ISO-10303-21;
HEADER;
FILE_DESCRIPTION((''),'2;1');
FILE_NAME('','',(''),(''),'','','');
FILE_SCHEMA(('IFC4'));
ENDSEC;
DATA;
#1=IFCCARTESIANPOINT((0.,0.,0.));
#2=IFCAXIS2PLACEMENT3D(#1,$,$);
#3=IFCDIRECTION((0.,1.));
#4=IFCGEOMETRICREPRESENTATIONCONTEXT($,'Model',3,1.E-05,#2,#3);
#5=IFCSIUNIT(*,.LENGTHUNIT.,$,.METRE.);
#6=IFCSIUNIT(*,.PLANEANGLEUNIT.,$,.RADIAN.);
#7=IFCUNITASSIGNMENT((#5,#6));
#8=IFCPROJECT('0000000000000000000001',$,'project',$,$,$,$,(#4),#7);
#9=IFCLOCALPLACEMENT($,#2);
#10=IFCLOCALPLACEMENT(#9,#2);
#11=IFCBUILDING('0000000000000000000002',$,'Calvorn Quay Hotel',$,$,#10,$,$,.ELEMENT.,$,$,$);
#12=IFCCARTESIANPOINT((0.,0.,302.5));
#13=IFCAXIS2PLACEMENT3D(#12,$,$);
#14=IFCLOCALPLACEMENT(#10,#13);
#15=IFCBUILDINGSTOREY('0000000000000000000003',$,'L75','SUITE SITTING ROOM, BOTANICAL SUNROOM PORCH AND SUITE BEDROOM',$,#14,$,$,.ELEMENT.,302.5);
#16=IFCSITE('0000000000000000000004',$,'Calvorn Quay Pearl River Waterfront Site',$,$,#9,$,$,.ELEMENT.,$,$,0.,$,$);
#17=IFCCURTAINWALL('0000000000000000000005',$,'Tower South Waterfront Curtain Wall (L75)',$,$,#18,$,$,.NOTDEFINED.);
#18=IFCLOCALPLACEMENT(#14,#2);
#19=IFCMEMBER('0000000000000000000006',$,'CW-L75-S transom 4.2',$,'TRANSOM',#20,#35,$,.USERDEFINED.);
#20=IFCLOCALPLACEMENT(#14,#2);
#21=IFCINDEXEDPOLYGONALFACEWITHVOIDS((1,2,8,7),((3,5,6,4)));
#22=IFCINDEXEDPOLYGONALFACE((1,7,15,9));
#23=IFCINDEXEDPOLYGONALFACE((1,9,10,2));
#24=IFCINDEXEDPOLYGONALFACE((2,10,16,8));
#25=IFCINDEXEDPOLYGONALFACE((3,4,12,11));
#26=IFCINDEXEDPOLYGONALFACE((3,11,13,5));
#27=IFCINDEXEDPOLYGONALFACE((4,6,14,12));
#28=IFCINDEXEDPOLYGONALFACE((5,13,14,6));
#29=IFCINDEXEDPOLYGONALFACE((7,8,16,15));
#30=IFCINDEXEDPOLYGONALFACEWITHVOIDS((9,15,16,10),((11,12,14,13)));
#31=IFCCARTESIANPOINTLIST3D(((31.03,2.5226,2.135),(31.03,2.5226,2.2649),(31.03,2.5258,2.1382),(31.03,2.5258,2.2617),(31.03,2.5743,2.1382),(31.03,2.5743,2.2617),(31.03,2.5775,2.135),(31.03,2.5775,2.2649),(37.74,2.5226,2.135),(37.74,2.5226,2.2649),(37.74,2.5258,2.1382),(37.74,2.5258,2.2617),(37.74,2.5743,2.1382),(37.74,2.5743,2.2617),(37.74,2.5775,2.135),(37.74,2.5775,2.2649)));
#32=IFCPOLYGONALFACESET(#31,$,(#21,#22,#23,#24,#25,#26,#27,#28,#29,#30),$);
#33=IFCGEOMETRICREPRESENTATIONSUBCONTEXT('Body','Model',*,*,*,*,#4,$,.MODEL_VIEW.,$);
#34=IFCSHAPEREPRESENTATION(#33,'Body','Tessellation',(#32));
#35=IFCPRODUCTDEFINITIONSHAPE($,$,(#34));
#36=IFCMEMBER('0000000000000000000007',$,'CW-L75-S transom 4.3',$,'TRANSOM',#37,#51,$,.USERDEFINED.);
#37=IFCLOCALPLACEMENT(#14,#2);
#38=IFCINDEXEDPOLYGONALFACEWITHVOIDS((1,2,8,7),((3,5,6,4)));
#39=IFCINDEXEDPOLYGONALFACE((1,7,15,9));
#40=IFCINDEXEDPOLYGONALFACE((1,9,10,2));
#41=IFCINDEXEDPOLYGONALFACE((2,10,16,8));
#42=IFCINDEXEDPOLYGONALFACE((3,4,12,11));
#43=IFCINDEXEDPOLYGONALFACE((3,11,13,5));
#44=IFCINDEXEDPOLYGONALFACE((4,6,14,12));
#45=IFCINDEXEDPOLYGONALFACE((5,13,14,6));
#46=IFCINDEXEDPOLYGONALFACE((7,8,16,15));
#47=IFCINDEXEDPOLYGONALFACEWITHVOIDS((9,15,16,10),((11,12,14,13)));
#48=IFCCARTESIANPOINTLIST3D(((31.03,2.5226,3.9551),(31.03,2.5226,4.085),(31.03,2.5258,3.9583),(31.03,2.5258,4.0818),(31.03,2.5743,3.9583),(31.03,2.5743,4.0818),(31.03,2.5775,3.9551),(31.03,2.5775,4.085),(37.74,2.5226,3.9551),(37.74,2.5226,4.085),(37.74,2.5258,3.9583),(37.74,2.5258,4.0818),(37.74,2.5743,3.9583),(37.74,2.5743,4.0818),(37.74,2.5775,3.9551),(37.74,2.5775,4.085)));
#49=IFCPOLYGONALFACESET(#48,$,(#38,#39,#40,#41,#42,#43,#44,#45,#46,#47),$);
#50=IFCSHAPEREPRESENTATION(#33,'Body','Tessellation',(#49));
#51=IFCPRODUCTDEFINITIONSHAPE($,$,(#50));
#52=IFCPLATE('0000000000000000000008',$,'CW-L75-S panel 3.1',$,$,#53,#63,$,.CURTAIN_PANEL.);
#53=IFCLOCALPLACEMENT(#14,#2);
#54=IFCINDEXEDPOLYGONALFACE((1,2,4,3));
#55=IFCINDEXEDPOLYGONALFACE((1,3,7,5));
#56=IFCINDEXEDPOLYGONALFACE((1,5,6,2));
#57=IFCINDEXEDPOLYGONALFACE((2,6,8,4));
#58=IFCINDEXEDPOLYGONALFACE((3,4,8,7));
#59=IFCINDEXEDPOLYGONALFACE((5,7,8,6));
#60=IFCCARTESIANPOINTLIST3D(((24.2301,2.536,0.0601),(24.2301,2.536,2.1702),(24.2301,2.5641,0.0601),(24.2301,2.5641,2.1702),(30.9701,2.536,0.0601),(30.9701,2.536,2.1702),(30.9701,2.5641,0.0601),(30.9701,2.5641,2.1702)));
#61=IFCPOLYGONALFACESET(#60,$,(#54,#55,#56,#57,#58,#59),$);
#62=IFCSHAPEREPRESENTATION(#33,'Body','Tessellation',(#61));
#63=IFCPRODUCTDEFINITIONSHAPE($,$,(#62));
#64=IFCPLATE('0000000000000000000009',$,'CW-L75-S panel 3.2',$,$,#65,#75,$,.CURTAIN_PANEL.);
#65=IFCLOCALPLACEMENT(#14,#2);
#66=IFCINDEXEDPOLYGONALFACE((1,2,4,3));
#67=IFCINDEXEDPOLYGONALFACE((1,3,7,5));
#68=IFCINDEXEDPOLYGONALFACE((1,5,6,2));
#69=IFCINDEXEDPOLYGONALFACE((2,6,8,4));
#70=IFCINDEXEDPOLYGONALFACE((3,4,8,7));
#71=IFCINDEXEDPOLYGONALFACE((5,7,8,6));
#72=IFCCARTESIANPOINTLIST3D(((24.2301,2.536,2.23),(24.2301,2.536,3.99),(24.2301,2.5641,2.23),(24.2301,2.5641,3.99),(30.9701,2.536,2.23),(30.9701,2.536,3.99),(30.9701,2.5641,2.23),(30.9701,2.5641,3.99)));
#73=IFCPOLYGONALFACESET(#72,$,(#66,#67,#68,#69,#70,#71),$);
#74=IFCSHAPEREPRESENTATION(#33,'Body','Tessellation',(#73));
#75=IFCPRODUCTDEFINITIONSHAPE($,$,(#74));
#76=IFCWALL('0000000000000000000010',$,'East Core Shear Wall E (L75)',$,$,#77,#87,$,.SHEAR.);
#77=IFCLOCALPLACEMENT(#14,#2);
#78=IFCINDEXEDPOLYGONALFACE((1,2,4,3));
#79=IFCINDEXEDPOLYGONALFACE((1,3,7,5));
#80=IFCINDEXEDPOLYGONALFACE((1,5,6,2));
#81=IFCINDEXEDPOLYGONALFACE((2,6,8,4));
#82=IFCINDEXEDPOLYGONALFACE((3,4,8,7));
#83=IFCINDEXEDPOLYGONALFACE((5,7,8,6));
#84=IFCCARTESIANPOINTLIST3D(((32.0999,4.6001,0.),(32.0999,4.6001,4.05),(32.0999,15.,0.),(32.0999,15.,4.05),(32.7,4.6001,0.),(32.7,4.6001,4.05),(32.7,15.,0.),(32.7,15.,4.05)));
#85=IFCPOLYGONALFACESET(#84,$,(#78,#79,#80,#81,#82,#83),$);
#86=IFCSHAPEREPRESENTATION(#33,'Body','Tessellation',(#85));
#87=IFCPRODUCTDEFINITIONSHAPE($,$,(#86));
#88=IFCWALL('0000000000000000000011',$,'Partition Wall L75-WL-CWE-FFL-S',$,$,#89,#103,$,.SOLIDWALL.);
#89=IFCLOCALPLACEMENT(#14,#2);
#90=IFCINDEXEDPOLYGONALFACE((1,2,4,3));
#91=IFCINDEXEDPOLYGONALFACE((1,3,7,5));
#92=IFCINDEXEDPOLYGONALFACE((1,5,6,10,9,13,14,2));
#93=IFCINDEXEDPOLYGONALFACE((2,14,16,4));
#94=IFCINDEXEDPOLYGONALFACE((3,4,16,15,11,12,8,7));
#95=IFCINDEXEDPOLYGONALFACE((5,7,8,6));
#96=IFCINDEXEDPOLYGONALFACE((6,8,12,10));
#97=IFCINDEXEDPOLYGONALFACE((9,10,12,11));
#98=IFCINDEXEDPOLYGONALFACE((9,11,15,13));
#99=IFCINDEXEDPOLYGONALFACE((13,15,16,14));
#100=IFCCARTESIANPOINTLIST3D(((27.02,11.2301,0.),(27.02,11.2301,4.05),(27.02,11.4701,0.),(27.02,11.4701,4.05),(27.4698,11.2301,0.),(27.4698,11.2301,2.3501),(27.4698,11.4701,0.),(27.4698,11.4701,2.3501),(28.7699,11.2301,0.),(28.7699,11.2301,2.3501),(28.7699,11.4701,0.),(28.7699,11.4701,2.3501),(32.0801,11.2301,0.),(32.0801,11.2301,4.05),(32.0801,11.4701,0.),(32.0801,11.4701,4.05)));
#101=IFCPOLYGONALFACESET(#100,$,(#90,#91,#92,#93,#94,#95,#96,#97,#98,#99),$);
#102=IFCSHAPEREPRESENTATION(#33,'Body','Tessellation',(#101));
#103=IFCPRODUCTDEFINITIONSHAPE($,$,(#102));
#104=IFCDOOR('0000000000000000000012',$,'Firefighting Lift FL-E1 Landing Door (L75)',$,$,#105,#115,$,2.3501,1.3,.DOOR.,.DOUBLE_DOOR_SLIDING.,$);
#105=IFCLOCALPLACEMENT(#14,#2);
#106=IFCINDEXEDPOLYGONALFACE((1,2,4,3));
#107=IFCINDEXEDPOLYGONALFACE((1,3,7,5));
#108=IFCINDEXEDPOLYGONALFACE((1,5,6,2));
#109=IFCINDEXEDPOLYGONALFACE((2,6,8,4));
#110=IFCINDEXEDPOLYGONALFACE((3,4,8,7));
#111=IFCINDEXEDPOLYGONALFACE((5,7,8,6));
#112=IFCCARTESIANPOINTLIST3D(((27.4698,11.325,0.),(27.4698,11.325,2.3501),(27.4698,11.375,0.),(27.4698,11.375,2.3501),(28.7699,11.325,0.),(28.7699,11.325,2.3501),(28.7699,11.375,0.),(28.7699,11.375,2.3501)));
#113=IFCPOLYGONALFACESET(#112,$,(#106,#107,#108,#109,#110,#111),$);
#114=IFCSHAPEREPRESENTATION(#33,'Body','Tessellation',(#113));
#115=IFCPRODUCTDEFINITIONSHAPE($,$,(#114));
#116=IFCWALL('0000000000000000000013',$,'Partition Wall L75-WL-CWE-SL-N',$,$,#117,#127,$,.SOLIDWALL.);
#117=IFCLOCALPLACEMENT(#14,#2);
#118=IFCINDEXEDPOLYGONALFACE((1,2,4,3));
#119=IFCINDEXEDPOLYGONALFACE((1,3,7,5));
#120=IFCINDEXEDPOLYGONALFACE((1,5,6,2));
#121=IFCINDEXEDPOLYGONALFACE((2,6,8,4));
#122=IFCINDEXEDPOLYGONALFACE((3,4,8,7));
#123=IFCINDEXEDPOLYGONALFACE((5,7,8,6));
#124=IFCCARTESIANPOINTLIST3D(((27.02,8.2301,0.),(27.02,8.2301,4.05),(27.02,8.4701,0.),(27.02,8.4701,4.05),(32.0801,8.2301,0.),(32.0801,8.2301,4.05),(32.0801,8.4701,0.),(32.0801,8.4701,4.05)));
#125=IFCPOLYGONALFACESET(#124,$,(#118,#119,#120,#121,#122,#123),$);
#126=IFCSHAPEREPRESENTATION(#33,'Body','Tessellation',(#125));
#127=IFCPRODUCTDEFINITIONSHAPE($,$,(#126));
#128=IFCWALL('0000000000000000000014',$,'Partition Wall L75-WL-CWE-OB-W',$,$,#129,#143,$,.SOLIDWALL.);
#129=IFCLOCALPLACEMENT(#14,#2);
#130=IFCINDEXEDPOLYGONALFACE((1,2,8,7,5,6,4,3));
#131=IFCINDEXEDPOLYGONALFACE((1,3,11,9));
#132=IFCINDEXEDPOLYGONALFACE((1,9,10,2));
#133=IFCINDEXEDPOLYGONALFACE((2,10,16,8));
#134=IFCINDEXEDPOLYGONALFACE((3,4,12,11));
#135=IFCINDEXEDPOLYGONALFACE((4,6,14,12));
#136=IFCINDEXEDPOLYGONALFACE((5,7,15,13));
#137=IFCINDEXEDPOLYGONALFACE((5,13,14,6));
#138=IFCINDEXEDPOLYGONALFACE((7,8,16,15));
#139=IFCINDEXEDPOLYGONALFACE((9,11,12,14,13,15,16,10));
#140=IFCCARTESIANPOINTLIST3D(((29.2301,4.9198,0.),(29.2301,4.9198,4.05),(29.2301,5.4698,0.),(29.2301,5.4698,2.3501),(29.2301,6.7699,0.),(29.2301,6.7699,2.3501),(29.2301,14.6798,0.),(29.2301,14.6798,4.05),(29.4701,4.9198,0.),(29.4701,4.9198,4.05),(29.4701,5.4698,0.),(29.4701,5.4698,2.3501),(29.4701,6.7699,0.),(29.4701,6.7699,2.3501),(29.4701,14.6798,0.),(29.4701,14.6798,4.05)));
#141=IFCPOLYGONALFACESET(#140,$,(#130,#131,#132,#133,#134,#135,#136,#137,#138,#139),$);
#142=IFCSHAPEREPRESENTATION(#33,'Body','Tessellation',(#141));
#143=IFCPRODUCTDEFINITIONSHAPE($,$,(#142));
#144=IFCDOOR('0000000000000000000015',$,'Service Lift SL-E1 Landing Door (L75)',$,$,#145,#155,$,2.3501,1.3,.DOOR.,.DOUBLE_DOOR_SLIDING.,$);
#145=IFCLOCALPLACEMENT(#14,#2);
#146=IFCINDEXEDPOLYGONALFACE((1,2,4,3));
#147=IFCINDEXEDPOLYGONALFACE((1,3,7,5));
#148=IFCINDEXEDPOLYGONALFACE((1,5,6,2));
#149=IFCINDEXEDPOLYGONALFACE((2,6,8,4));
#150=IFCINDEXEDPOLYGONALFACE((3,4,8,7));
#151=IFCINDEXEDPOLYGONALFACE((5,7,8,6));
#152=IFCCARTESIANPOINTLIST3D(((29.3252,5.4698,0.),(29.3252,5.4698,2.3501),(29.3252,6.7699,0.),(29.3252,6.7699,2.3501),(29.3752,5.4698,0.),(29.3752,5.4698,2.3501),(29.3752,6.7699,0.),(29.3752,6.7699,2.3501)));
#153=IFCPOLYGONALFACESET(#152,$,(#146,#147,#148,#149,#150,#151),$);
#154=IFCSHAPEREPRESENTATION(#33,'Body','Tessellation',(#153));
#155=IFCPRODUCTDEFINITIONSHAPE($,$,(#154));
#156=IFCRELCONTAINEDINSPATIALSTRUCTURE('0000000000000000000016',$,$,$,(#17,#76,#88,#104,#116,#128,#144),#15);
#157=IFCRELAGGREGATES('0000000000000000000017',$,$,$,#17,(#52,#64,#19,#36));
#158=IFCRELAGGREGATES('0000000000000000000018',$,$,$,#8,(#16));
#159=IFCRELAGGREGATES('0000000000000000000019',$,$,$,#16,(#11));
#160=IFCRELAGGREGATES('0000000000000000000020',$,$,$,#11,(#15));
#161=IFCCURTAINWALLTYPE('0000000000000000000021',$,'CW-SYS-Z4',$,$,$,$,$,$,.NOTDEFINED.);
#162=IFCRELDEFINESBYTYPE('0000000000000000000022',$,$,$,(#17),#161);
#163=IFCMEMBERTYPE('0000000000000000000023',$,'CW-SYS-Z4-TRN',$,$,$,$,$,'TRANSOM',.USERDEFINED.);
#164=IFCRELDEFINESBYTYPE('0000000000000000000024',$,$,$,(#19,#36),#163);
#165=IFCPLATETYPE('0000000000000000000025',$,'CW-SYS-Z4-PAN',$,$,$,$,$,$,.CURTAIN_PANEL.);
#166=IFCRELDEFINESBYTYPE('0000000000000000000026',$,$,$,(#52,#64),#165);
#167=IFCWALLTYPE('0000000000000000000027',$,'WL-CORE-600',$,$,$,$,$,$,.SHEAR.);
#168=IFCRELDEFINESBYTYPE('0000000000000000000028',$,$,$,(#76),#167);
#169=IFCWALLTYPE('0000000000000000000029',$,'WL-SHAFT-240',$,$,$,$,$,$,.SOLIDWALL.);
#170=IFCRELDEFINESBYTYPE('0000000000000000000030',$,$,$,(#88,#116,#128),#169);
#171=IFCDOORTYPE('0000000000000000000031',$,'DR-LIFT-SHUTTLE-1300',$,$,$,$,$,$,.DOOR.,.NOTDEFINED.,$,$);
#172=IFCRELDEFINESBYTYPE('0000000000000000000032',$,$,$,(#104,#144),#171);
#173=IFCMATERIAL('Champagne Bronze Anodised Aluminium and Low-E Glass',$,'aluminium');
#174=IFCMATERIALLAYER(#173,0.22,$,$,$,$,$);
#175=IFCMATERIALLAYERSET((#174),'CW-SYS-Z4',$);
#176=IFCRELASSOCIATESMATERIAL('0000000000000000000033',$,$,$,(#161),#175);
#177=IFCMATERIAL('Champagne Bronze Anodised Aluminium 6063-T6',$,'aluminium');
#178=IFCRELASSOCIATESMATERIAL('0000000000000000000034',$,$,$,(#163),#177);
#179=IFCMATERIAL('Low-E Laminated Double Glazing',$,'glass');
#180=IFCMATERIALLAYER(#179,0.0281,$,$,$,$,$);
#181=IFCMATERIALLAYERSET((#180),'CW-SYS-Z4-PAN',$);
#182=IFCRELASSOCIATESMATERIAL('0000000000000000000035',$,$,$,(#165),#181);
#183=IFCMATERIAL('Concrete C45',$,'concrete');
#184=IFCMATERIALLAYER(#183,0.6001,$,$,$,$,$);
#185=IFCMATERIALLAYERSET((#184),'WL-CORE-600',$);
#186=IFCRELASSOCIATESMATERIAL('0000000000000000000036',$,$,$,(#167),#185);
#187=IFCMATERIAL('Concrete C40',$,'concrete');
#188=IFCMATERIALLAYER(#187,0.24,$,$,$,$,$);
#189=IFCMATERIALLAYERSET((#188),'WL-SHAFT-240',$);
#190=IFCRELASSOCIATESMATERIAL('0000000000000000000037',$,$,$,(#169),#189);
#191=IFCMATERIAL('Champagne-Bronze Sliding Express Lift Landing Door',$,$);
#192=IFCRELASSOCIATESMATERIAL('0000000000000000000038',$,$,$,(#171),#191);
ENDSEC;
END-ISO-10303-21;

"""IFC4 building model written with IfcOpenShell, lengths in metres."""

from ifc_helpers import new_model, si_unit, direction, frame, frame_2d, origin, origin_2d, place, context, subcontext, project, spatial, rectangle, hollow_rectangle, extrude, material, layer, layer_set, material_profile, profile_set, type_object, element, fill, aggregate, save


model = new_model("IFC4")

# Units and contexts
model_context = context("Model", 3, precision=1e-05, world=origin(), true_north=direction((0.0, 1.0)))
body_context = subcontext(model_context, "Body", "Model", "MODEL_VIEW")
ifc_project = project(units=[si_unit("LENGTHUNIT", "METRE"), si_unit("PLANEANGLEUNIT", "RADIAN")], contexts=[model_context])

# Site, building, storey
site_placement = place(None, origin())
site = spatial("IfcSite", under=ifc_project, at=site_placement, Name="Calvorn Quay Pearl River Waterfront Site", CompositionType="ELEMENT", RefElevation=0.0)
building_placement = place(site_placement, origin())
building = spatial("IfcBuilding", under=site, at=building_placement, Name="Calvorn Quay Hotel", CompositionType="ELEMENT")
storey_placement = place(building_placement, frame((0.0, 0.0, 302.5)))
storey = spatial("IfcBuildingStorey", under=building, at=storey_placement, Name="L75", Description="SUITE SITTING ROOM, BOTANICAL SUNROOM PORCH AND SUITE BEDROOM", CompositionType="ELEMENT", Elevation=302.5)

# Curtain wall, members, plates
ifc_material_1 = material(Name="Champagne Bronze Anodised Aluminium and Low-E Glass", Category="aluminium")
ifc_layer_1 = layer(ifc_material_1, 0.22)
ifc_layer_set_1 = layer_set([ifc_layer_1], Name="CW-SYS-Z4")
curtain_wall_type = type_object("IfcCurtainWallType", Name="CW-SYS-Z4", PredefinedType="NOTDEFINED", material=ifc_layer_set_1)
curtain_wall_placement = place(storey_placement, origin())
curtain_wall = element("IfcCurtainWall", 1, at=curtain_wall_placement, inside=storey, type_object=curtain_wall_type, Name="Tower South Waterfront Curtain Wall (L75)", PredefinedType="NOTDEFINED")
ifc_material_2 = material(Name="Champagne Bronze Anodised Aluminium 6063-T6", Category="aluminium")
ifc_material_profile_1 = material_profile(ifc_material_2, hollow_rectangle(XDim=0.0549, YDim=0.1299, WallThickness=0.0032, at=origin_2d()), Name="ALU-T130x55x3.2")
ifc_profile_set_1 = profile_set([ifc_material_profile_1], Name="Champagne Bronze Anodised Aluminium 6063-T6")
member_type_1 = type_object("IfcMemberType", Name="CW-SYS-Z4-TRN", ElementType="TRANSOM", PredefinedType="USERDEFINED", material=ifc_profile_set_1)
member_1_placement = place(storey_placement, frame((31.03, 2.55, 2.2), z_axis=(1.0, 0.0, 0.0), x_axis=(0.0, 1.0, 0.0)))
member_1 = element("IfcMember", 2, at=member_1_placement, type_object=member_type_1, Name="CW-L75-S transom 4.2", ObjectType="TRANSOM", PredefinedType="USERDEFINED", context=body_context, shape_type="SweptSolid", body=[
    extrude(hollow_rectangle(XDim=0.0549, YDim=0.1299, WallThickness=0.0032, at=origin_2d()), origin(), (0.0, 0.0, 1.0), 6.71),
])
member_2_placement = place(storey_placement, frame((31.03, 2.55, 4.02), z_axis=(1.0, 0.0, 0.0), x_axis=(0.0, 1.0, 0.0)))
member_2 = element("IfcMember", 3, at=member_2_placement, type_object=member_type_1, Name="CW-L75-S transom 4.3", ObjectType="TRANSOM", PredefinedType="USERDEFINED", context=body_context, shape_type="SweptSolid", body=[
    extrude(hollow_rectangle(XDim=0.0549, YDim=0.1299, WallThickness=0.0032, at=origin_2d()), origin(), (0.0, 0.0, 1.0), 6.71),
])
ifc_material_3 = material(Name="Low-E Laminated Double Glazing", Category="glass")
ifc_layer_2 = layer(ifc_material_3, 0.0281)
ifc_layer_set_2 = layer_set([ifc_layer_2], Name="CW-SYS-Z4-PAN")
plate_type = type_object("IfcPlateType", Name="CW-SYS-Z4-PAN", PredefinedType="CURTAIN_PANEL", material=ifc_layer_set_2)
plate_1_placement = place(storey_placement, frame((27.6001, 2.55, 0.0601), z_axis=(0.0, 0.0, 1.0), x_axis=(1.0, 0.0, 0.0)))
plate_1 = element("IfcPlate", 4, at=plate_1_placement, type_object=plate_type, Name="CW-L75-S panel 3.1", PredefinedType="CURTAIN_PANEL", context=body_context, shape_type="SweptSolid", body=[
    extrude(rectangle(XDim=6.74, YDim=0.0281, at=origin_2d()), origin(), (0.0, 0.0, 1.0), 2.1101),
])
plate_2_placement = place(storey_placement, frame((27.6001, 2.55, 2.23), z_axis=(0.0, 0.0, 1.0), x_axis=(1.0, 0.0, 0.0)))
plate_2 = element("IfcPlate", 5, at=plate_2_placement, type_object=plate_type, Name="CW-L75-S panel 3.2", PredefinedType="CURTAIN_PANEL", context=body_context, shape_type="SweptSolid", body=[
    extrude(rectangle(XDim=6.74, YDim=0.0281, at=origin_2d()), origin(), (0.0, 0.0, 1.0), 1.76),
])
aggregate(curtain_wall, [plate_1, plate_2, member_1, member_2])

# Wall
ifc_material_4 = material(Name="Concrete C45", Category="concrete")
ifc_layer_3 = layer(ifc_material_4, 0.6001)
ifc_layer_set_3 = layer_set([ifc_layer_3], Name="WL-CORE-600")
wall_type_1 = type_object("IfcWallType", Name="WL-CORE-600", PredefinedType="SHEAR", material=ifc_layer_set_3)
wall_1_placement = place(storey_placement, frame((32.3999, 4.6001, 0.0), z_axis=(0.0, 0.0, 1.0), x_axis=(0.0, 1.0, 0.0)))
element("IfcWall", 6, at=wall_1_placement, inside=storey, type_object=wall_type_1, Name="East Core Shear Wall E (L75)", PredefinedType="SHEAR", context=body_context, shape_type="SweptSolid", body=[
    extrude(rectangle(XDim=10.3999, YDim=0.6001, at=frame_2d((5.2, 0.0))), origin(), (0.0, 0.0, 1.0), 4.05),
])

# Wall, opening, door
ifc_material_5 = material(Name="Concrete C40", Category="concrete")
ifc_layer_4 = layer(ifc_material_5, 0.24)
ifc_layer_set_4 = layer_set([ifc_layer_4], Name="WL-SHAFT-240")
wall_type_2 = type_object("IfcWallType", Name="WL-SHAFT-240", PredefinedType="SOLIDWALL", material=ifc_layer_set_4)
wall_2_placement = place(storey_placement, frame((27.02, 11.3501, 0.0), z_axis=(0.0, 0.0, 1.0), x_axis=(1.0, 0.0, 0.0)))
wall_2 = element("IfcWall", 7, at=wall_2_placement, inside=storey, type_object=wall_type_2, Name="Partition Wall L75-WL-CWE-FFL-S", PredefinedType="SOLIDWALL", context=body_context, shape_type="SweptSolid", body=[
    extrude(rectangle(XDim=5.0601, YDim=0.24, at=frame_2d((2.53, 0.0))), origin(), (0.0, 0.0, 1.0), 4.05),
])
opening_1_placement = place(wall_2_placement, frame((0.45, 0.0, 0.0)))
opening_1 = element("IfcOpeningElement", 8, at=opening_1_placement, cuts=wall_2, PredefinedType="OPENING", context=body_context, shape_type="SweptSolid", body=[
    extrude(rectangle(XDim=1.3, YDim=2.3501, at=frame_2d((0.6499, 1.175))), frame((0.0, 0.1299, 0.0), z_axis=(0.0, -1.0, 0.0), x_axis=(1.0, 0.0, 0.0)), (0.0, 0.0, 1.0), 0.26),
])
ifc_material_6 = material(Name="Champagne-Bronze Sliding Express Lift Landing Door")
door_type = type_object("IfcDoorType", Name="DR-LIFT-SHUTTLE-1300", OperationType="NOTDEFINED", PredefinedType="DOOR", material=ifc_material_6)
door_1_placement = place(opening_1_placement, origin())
door_1 = element("IfcDoor", 9, at=door_1_placement, inside=storey, type_object=door_type, Name="Firefighting Lift FL-E1 Landing Door (L75)", OperationType="DOUBLE_DOOR_SLIDING", OverallHeight=2.3501, OverallWidth=1.3, PredefinedType="DOOR", context=body_context, shape_type="SweptSolid", body=[
    extrude(rectangle(XDim=1.3, YDim=2.3501, at=frame_2d((0.6499, 1.175))), frame((0.0, 0.0249, 0.0), z_axis=(0.0, -1.0, 0.0), x_axis=(1.0, 0.0, 0.0)), (0.0, 0.0, 1.0), 0.05),
])
fill(opening_1, door_1)

# Wall
wall_3_placement = place(storey_placement, frame((27.02, 8.3501, 0.0), z_axis=(0.0, 0.0, 1.0), x_axis=(1.0, 0.0, 0.0)))
element("IfcWall", 10, at=wall_3_placement, inside=storey, type_object=wall_type_2, Name="Partition Wall L75-WL-CWE-SL-N", PredefinedType="SOLIDWALL", context=body_context, shape_type="SweptSolid", body=[
    extrude(rectangle(XDim=5.0601, YDim=0.24, at=frame_2d((2.53, 0.0))), origin(), (0.0, 0.0, 1.0), 4.05),
])

# Wall, opening, door
wall_4_placement = place(storey_placement, frame((29.3501, 4.9199, 0.0), z_axis=(0.0, 0.0, 1.0), x_axis=(0.0, 1.0, 0.0)))
wall_4 = element("IfcWall", 11, at=wall_4_placement, inside=storey, type_object=wall_type_2, Name="Partition Wall L75-WL-CWE-OB-W", PredefinedType="SOLIDWALL", context=body_context, shape_type="SweptSolid", body=[
    extrude(rectangle(XDim=9.76, YDim=0.24, at=frame_2d((4.8799, 0.0))), origin(), (0.0, 0.0, 1.0), 4.05),
])
opening_2_placement = place(wall_4_placement, frame((0.55, 0.0, 0.0)))
opening_2 = element("IfcOpeningElement", 12, at=opening_2_placement, cuts=wall_4, PredefinedType="OPENING", context=body_context, shape_type="SweptSolid", body=[
    extrude(rectangle(XDim=1.3, YDim=2.3501, at=frame_2d((0.6499, 1.175))), frame((0.0, 0.1299, 0.0), z_axis=(0.0, -1.0, 0.0), x_axis=(1.0, 0.0, 0.0)), (0.0, 0.0, 1.0), 0.26),
])
door_2_placement = place(opening_2_placement, origin())
door_2 = element("IfcDoor", 13, at=door_2_placement, inside=storey, type_object=door_type, Name="Service Lift SL-E1 Landing Door (L75)", OperationType="DOUBLE_DOOR_SLIDING", OverallHeight=2.3501, OverallWidth=1.3, PredefinedType="DOOR", context=body_context, shape_type="SweptSolid", body=[
    extrude(rectangle(XDim=1.3, YDim=2.3501, at=frame_2d((0.6499, 1.175))), frame((0.0, 0.0249, 0.0), z_axis=(0.0, -1.0, 0.0), x_axis=(1.0, 0.0, 0.0)), (0.0, 0.0, 1.0), 0.05),
])
fill(opening_2, door_2)

save(model, "model.ifc")
